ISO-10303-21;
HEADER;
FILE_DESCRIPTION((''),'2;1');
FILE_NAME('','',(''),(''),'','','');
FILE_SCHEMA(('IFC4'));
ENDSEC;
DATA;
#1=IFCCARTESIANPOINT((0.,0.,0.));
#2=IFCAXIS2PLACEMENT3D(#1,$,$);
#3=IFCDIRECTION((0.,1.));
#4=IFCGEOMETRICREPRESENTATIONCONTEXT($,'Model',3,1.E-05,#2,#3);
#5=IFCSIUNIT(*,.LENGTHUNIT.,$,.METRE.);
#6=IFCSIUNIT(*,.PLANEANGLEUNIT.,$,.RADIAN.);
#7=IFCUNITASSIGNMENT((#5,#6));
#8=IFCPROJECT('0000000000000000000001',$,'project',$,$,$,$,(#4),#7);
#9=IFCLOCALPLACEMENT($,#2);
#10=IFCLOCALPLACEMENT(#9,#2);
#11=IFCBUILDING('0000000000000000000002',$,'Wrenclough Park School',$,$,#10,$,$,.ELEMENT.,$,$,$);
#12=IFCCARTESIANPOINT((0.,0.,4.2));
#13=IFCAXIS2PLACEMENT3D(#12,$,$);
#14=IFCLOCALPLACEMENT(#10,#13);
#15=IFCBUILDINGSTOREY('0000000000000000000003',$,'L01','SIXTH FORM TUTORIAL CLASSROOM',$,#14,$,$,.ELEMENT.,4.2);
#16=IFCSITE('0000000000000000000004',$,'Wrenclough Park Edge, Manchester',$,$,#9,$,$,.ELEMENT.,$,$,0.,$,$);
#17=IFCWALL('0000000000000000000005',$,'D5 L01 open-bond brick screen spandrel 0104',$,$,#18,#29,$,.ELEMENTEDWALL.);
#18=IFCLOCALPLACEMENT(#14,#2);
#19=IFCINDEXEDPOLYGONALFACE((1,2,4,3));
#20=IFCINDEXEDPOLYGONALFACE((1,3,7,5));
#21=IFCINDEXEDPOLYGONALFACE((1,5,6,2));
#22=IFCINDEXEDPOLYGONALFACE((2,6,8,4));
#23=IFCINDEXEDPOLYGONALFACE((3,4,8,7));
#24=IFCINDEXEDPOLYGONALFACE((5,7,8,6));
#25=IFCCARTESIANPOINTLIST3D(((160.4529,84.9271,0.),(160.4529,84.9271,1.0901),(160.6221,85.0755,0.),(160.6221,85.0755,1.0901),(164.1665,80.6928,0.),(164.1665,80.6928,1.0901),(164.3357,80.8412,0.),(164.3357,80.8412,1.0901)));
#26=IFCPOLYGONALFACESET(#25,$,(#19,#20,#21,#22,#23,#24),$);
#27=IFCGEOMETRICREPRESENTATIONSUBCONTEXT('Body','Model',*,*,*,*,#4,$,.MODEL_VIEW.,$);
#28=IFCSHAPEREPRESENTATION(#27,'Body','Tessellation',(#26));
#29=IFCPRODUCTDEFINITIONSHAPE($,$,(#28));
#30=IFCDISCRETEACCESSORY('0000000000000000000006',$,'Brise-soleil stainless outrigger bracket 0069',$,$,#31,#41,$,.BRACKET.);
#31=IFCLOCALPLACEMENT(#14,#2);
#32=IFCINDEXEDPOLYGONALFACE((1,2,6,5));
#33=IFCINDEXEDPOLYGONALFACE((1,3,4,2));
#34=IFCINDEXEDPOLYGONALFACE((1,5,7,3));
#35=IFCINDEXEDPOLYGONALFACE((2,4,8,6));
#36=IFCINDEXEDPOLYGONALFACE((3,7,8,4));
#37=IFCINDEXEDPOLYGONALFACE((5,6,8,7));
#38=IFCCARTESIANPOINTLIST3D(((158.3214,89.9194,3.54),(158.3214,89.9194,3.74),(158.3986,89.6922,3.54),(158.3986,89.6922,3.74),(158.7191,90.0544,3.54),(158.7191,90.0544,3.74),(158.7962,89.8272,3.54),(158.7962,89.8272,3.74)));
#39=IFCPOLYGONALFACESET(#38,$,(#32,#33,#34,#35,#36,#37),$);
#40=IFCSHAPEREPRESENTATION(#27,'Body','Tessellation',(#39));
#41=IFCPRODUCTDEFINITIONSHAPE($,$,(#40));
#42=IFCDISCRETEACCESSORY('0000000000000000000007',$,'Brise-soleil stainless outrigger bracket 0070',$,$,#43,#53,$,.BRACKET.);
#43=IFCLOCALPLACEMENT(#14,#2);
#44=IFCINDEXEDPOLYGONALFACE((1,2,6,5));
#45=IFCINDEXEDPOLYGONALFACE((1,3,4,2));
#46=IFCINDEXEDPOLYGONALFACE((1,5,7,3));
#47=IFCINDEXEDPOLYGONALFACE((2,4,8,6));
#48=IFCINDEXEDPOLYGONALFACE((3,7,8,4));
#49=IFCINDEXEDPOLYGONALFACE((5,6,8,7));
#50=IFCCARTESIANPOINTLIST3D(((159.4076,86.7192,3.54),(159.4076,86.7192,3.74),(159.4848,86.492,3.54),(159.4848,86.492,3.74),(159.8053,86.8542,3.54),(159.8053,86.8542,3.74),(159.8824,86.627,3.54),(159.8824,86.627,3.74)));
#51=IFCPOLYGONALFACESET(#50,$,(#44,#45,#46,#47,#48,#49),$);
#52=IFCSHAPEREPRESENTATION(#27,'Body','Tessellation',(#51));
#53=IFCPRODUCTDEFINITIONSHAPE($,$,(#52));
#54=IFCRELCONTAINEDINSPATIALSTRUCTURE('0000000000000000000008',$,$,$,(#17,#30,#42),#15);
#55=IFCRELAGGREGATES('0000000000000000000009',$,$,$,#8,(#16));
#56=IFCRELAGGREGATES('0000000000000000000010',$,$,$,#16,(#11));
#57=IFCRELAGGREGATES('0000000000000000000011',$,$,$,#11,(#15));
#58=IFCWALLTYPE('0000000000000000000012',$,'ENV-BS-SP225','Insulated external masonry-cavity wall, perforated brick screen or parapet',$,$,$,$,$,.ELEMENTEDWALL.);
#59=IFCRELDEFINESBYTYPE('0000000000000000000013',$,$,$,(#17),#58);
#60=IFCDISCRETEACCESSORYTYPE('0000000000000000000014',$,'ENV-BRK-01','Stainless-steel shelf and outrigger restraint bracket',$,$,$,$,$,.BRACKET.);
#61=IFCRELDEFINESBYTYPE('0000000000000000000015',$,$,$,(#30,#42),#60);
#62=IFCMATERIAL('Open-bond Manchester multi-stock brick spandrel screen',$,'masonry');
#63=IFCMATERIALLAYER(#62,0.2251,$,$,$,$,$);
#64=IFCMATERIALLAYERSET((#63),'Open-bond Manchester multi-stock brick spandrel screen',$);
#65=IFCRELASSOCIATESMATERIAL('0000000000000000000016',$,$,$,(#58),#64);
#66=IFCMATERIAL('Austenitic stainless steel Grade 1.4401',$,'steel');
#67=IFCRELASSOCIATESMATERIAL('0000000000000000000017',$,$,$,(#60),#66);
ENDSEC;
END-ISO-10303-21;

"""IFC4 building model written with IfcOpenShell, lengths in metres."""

from ifc_helpers import new_model, si_unit, direction, frame, frame_2d, origin, origin_2d, place, context, subcontext, project, spatial, rectangle, extrude, material, layer, layer_set, type_object, element, save


model = new_model("IFC4")

# Units and contexts
model_context = context("Model", 3, precision=1e-05, world=origin(), true_north=direction((0.0, 1.0)))
body_context = subcontext(model_context, "Body", "Model", "MODEL_VIEW")
ifc_project = project(units=[si_unit("LENGTHUNIT", "METRE"), si_unit("PLANEANGLEUNIT", "RADIAN")], contexts=[model_context])

# Site, building, storey
site_placement = place(None, origin())
site = spatial("IfcSite", under=ifc_project, at=site_placement, Name="Wrenclough Park Edge, Manchester", CompositionType="ELEMENT", RefElevation=0.0)
building_placement = place(site_placement, origin())
building = spatial("IfcBuilding", under=site, at=building_placement, Name="Wrenclough Park School", CompositionType="ELEMENT")
storey_placement = place(building_placement, frame((0.0, 0.0, 4.2)))
storey = spatial("IfcBuildingStorey", under=building, at=storey_placement, Name="L01", Description="SIXTH FORM TUTORIAL CLASSROOM", CompositionType="ELEMENT", Elevation=4.2)

# Wall
ifc_material_1 = material(Name="Open-bond Manchester multi-stock brick spandrel screen", Category="masonry")
ifc_layer_1 = layer(ifc_material_1, 0.2251)
ifc_layer_set_1 = layer_set([ifc_layer_1], Name="Open-bond Manchester multi-stock brick spandrel screen")
wall_type_1 = type_object("IfcWallType", Name="ENV-BS-SP225", Description="Insulated external masonry-cavity wall, perforated brick screen or parapet", PredefinedType="ELEMENTEDWALL", material=ifc_layer_set_1)
wall_1_placement = place(storey_placement, frame((160.5376, 85.0012, 0.0), z_axis=(0.0, 0.0, 1.0), x_axis=(0.659363, -0.751824, 0.0)))
element("IfcWall", 1, at=wall_1_placement, inside=storey, type_object=wall_type_1, Name="D5 L01 open-bond brick screen spandrel 0104", PredefinedType="ELEMENTEDWALL", context=body_context, shape_type="SweptSolid", body=[
    extrude(rectangle(XDim=5.6321, YDim=0.2251, at=frame_2d((2.8159, 0.0))), origin(), (0.0, 0.0, 1.0), 1.0901),
])

# Discrete accessories
ifc_material_2 = material(Name="Austenitic stainless steel Grade 1.4401", Category="steel")
discrete_accessory_type = type_object("IfcDiscreteAccessoryType", Name="ENV-BRK-01", Description="Stainless-steel shelf and outrigger restraint bracket", PredefinedType="BRACKET", material=ifc_material_2)
for number, where, z_axis, x_axis, name in (
    (2, (158.5588, 89.8733, 3.54), (0.0, 0.0, 1.0), (0.321427, -0.946934, 0.0), "Brise-soleil stainless outrigger bracket 0069"),
    (3, (159.645, 86.6731, 3.54), (0.0, 0.0, 1.0), (0.321427, -0.946934, 0.0), "Brise-soleil stainless outrigger bracket 0070"),
):
    element("IfcDiscreteAccessory", number, at=place(storey_placement, frame(where, z_axis=z_axis, x_axis=x_axis)), inside=storey, type_object=discrete_accessory_type, Name=name, PredefinedType="BRACKET", context=body_context, shape_type="SweptSolid", body=[
        extrude(rectangle(XDim=0.24, YDim=0.4199, at=origin_2d()), origin(), (0.0, 0.0, 1.0), 0.2),
    ])

save(model, "model.ifc")
